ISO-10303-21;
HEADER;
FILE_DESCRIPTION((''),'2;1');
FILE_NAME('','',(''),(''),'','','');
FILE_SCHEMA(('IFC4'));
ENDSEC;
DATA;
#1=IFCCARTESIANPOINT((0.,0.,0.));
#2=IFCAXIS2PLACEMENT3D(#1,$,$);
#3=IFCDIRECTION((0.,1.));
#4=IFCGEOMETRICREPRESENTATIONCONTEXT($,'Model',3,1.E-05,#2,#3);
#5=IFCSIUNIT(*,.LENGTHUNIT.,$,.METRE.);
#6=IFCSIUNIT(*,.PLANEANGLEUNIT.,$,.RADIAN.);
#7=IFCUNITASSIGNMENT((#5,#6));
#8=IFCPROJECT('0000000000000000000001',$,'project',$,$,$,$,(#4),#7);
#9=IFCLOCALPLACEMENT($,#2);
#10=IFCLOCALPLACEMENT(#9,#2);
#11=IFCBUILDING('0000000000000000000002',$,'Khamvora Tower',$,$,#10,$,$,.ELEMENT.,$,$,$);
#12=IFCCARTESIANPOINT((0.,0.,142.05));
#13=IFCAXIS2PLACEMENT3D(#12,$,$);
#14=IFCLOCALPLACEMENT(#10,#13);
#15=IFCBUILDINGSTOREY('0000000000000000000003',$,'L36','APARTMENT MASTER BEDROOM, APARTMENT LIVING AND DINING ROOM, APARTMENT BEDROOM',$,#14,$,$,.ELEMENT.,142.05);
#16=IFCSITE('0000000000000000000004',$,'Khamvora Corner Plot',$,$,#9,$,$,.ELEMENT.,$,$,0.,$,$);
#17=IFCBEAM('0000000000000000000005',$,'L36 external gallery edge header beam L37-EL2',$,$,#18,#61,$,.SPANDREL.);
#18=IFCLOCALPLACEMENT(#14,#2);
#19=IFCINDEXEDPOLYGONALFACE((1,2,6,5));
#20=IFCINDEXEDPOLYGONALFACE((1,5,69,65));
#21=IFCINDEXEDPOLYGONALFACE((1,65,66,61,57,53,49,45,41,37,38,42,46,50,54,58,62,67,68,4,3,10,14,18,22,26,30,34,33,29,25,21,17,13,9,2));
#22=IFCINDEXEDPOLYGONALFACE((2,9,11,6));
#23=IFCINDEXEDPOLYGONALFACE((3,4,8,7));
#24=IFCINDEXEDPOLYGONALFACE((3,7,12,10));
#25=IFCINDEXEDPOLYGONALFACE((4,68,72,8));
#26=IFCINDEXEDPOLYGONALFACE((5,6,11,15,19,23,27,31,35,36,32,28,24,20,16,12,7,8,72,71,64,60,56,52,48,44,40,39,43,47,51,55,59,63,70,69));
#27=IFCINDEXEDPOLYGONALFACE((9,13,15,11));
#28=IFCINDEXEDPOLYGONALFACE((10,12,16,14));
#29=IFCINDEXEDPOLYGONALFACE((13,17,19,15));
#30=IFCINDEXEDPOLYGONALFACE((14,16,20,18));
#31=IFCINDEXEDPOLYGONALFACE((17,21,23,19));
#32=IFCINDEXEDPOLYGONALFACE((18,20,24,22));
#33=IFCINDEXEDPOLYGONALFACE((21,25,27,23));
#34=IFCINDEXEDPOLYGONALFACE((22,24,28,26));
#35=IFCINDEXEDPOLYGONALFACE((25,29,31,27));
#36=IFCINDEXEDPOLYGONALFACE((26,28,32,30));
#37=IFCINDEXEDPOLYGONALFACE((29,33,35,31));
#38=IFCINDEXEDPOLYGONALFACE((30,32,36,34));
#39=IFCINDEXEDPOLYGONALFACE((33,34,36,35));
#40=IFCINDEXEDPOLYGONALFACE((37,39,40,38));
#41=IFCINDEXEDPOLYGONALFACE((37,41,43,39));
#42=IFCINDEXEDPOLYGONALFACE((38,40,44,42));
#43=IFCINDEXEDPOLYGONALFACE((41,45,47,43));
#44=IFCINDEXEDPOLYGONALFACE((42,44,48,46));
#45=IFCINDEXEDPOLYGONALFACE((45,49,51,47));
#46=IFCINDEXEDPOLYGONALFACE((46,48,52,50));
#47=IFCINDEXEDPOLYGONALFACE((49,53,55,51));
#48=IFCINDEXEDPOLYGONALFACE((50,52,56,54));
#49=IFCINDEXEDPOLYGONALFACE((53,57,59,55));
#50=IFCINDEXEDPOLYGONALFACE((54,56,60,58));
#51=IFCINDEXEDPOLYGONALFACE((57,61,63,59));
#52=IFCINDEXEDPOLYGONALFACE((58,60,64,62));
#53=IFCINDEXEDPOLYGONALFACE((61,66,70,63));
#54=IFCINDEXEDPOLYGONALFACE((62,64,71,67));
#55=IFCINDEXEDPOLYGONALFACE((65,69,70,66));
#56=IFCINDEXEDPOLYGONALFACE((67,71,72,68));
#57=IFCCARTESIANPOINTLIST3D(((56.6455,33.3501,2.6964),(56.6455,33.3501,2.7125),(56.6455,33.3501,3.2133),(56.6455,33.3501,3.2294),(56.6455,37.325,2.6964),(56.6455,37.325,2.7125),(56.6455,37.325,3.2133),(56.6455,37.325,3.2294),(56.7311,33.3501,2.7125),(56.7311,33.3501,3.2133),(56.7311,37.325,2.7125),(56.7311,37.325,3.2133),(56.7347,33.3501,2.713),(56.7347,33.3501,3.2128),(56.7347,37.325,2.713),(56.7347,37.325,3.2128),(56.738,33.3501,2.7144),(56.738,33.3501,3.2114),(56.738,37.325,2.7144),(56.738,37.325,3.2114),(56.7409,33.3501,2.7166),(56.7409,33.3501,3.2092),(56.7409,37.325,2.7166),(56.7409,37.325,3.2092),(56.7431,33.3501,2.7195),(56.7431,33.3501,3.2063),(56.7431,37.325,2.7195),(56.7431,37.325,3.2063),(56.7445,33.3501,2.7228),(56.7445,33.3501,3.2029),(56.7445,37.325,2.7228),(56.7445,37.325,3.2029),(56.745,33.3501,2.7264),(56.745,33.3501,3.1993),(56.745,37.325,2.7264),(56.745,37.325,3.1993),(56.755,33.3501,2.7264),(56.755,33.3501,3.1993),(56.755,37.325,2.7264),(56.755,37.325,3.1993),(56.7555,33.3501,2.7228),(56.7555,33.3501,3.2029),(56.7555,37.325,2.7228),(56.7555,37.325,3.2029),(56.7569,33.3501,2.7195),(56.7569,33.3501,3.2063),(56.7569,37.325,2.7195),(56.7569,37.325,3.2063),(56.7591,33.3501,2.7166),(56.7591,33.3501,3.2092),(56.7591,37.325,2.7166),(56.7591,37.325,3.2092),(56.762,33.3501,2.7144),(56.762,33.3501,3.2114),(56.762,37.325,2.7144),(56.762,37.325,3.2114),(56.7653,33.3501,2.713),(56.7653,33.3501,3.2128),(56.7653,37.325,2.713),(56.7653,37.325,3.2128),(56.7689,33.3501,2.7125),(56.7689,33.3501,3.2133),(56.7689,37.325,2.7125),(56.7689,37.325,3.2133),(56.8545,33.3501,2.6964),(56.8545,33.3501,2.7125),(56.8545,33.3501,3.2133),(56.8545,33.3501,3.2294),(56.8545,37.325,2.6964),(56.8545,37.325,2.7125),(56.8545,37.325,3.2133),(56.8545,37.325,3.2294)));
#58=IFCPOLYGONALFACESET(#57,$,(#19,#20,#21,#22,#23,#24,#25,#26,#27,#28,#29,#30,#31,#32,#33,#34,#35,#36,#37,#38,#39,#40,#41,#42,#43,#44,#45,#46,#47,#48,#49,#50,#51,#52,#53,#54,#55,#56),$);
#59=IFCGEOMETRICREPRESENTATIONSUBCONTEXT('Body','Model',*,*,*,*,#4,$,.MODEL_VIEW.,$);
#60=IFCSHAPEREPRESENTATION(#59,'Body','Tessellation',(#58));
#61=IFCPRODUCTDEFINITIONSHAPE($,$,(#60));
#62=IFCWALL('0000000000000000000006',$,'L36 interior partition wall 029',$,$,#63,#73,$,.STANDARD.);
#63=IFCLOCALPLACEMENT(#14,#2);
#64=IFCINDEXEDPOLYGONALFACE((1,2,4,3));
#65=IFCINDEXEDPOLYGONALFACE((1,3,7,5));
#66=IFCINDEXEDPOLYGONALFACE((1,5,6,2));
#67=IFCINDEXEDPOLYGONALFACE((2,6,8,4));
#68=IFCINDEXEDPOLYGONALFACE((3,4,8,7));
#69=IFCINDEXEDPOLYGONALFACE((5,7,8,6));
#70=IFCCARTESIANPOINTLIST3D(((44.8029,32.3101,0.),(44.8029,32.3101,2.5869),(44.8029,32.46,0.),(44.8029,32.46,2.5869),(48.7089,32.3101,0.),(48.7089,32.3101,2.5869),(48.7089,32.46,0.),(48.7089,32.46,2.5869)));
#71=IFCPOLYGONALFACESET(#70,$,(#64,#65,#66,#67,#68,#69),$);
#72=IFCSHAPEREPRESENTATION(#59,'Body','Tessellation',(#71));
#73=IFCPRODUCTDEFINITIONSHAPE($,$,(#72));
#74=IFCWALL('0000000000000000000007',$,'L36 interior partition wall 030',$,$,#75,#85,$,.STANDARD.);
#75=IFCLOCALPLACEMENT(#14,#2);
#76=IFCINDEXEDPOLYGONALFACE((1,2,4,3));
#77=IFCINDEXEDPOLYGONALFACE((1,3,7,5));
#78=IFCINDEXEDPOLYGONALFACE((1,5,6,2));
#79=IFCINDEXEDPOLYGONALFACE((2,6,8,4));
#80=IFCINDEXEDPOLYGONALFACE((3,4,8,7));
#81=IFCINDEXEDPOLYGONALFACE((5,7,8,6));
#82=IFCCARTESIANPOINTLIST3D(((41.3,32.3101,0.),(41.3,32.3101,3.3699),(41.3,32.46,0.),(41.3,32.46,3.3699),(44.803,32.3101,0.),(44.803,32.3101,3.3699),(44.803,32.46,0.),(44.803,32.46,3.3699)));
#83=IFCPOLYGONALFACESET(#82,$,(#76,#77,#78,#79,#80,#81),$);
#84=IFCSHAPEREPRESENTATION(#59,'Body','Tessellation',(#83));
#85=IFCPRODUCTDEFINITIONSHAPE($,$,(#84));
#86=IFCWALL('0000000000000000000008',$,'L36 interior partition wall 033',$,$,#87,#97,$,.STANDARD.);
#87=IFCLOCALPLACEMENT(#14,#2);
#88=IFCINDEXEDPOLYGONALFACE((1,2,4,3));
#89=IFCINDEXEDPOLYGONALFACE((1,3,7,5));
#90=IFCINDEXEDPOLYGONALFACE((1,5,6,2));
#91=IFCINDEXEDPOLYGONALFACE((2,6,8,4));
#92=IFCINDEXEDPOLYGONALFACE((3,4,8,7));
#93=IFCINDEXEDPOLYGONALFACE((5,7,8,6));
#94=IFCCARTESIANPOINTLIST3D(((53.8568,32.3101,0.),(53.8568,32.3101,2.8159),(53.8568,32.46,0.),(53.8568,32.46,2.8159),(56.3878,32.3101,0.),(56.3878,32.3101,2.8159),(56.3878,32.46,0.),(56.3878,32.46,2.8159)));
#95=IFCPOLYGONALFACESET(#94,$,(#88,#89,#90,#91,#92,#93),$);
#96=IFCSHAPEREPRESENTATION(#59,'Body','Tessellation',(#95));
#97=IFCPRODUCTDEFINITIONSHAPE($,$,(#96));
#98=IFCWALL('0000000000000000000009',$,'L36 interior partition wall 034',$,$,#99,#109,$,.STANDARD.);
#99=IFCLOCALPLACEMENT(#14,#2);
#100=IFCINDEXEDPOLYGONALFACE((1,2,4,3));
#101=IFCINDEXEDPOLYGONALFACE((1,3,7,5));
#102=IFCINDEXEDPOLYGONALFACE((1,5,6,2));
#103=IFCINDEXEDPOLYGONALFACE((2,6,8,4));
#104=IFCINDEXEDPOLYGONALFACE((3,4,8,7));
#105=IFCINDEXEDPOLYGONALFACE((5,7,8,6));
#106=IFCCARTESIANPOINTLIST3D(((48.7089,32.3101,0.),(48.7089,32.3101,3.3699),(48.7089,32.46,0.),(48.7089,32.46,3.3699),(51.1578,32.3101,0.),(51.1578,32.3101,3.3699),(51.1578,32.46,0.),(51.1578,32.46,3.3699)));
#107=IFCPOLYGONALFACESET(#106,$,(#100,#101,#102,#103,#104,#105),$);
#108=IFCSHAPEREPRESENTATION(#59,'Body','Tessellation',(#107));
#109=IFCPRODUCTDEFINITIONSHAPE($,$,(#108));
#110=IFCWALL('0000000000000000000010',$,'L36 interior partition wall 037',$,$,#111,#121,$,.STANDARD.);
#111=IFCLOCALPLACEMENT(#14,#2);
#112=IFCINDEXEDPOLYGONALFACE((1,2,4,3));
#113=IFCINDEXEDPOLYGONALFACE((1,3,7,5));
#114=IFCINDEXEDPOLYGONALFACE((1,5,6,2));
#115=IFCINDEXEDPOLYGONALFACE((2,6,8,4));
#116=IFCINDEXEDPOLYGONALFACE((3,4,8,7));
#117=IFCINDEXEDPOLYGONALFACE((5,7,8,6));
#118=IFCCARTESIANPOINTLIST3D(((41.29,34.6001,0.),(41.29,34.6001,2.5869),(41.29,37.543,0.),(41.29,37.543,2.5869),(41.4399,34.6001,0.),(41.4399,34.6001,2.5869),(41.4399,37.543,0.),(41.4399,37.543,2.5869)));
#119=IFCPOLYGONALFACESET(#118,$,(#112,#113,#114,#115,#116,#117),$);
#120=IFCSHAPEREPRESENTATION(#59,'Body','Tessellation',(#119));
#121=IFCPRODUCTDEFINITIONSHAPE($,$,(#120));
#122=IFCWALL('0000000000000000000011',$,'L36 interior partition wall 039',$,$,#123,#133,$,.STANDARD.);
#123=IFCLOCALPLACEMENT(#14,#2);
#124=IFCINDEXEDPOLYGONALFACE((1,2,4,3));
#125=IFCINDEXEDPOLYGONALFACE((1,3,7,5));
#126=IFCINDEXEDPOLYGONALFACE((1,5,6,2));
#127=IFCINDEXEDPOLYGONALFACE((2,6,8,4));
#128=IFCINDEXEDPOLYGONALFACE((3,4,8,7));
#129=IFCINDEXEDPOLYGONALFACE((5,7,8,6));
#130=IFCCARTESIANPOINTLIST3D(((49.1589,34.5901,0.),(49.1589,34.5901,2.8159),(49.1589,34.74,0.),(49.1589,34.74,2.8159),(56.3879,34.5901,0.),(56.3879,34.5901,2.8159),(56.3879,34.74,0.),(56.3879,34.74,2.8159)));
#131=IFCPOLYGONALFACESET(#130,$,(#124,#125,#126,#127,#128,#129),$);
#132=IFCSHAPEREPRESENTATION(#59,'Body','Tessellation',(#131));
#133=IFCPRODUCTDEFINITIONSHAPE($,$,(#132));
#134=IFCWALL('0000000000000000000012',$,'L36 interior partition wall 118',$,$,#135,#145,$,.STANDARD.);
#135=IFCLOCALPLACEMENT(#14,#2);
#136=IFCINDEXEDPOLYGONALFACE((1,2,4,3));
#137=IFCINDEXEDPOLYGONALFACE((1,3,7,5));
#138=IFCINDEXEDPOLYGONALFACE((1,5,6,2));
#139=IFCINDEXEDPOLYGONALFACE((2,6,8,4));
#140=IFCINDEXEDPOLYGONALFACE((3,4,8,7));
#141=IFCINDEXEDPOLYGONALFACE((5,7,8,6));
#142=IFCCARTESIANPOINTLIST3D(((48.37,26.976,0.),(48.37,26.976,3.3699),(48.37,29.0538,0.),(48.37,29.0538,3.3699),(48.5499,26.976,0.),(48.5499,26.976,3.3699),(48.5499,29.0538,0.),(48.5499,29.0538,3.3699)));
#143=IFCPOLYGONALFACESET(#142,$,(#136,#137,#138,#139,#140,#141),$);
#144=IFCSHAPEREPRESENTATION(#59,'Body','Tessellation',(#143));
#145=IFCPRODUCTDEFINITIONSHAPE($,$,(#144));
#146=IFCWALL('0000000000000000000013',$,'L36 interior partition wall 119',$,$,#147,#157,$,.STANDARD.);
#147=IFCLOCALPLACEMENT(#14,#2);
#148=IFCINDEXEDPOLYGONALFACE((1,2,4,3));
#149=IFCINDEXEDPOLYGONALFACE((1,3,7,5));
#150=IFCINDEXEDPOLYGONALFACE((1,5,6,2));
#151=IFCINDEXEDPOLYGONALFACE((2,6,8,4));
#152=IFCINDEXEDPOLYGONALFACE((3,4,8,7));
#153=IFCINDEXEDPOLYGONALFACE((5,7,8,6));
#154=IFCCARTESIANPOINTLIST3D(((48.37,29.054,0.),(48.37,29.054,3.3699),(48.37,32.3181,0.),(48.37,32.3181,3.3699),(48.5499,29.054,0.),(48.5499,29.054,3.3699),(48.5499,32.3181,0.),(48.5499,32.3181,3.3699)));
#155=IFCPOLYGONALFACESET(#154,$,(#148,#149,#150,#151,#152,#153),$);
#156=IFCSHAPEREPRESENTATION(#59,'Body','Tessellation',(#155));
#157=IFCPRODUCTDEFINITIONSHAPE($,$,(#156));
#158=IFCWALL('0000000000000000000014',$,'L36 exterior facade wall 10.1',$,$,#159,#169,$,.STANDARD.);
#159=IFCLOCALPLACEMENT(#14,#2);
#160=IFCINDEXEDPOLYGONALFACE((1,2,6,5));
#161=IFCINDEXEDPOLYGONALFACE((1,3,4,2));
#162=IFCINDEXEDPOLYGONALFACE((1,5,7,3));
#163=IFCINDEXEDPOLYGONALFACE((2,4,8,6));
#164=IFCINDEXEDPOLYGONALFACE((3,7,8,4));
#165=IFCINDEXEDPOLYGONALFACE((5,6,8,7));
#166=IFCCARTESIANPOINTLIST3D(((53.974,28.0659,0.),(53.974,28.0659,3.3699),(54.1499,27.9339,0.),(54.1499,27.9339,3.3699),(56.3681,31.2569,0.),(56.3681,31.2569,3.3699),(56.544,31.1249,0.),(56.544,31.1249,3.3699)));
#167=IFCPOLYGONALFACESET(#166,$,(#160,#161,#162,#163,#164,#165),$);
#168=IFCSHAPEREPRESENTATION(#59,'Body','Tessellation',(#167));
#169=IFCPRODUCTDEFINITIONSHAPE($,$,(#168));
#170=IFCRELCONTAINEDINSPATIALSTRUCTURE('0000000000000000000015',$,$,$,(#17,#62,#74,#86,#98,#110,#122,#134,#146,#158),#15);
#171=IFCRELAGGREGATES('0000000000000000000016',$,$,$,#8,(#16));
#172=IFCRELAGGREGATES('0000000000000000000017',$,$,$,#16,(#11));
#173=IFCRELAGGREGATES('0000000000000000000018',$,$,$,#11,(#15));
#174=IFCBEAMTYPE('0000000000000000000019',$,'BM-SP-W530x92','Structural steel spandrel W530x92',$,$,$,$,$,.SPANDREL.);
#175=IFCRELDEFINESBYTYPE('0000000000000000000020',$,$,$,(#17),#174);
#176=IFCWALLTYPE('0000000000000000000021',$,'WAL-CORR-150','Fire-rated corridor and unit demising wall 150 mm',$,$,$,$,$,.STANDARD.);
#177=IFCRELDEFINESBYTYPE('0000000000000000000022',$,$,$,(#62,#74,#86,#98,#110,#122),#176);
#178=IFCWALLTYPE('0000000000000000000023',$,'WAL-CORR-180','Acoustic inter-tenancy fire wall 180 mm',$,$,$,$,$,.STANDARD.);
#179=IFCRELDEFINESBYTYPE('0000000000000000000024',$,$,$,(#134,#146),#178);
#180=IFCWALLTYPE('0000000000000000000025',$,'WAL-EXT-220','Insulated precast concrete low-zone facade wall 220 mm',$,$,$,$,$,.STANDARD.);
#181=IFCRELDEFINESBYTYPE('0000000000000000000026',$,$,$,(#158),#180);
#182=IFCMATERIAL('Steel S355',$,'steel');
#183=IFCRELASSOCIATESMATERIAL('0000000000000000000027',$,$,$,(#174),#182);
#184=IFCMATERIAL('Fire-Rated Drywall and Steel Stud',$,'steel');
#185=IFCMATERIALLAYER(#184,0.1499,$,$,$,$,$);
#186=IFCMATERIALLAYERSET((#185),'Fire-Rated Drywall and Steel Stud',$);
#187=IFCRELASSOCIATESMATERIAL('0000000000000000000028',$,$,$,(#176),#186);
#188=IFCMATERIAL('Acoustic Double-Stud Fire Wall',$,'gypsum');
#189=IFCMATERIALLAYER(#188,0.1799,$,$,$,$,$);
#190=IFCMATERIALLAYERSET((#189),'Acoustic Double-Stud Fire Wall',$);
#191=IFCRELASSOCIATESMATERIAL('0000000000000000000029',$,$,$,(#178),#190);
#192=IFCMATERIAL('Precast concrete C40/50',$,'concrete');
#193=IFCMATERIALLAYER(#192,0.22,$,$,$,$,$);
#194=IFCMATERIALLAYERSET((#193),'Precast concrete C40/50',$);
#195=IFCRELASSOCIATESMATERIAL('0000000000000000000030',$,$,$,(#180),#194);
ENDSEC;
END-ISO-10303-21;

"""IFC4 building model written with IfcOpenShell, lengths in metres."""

from ifc_helpers import new_model, si_unit, direction, frame, frame_2d, origin, origin_2d, place, context, subcontext, project, spatial, rectangle, i_section, extrude, material, layer, layer_set, material_profile, profile_set, type_object, element, save


model = new_model("IFC4")

# Units and contexts
model_context = context("Model", 3, precision=1e-05, world=origin(), true_north=direction((0.0, 1.0)))
body_context = subcontext(model_context, "Body", "Model", "MODEL_VIEW")
ifc_project = project(units=[si_unit("LENGTHUNIT", "METRE"), si_unit("PLANEANGLEUNIT", "RADIAN")], contexts=[model_context])

# Site, building, storey
site_placement = place(None, origin())
site = spatial("IfcSite", under=ifc_project, at=site_placement, Name="Khamvora Corner Plot", CompositionType="ELEMENT", RefElevation=0.0)
building_placement = place(site_placement, origin())
building = spatial("IfcBuilding", under=site, at=building_placement, Name="Khamvora Tower", CompositionType="ELEMENT")
storey_placement = place(building_placement, frame((0.0, 0.0, 142.05)))
storey = spatial("IfcBuildingStorey", under=building, at=storey_placement, Name="L36", Description="APARTMENT MASTER BEDROOM, APARTMENT LIVING AND DINING ROOM, APARTMENT BEDROOM", CompositionType="ELEMENT", Elevation=142.05)

# Shared definitions
ifc_material_1 = material(Name="Steel S355", Category="steel")

# Beam
ifc_material_profile_1 = material_profile(ifc_material_1, i_section(OverallWidth=0.209, OverallDepth=0.533, WebThickness=0.01, FlangeThickness=0.0161, FilletRadius=0.0139, at=origin_2d()), Name="W530x92")
ifc_profile_set_1 = profile_set([ifc_material_profile_1], Name="Steel S355")
beam_type_1 = type_object("IfcBeamType", Name="BM-SP-W530x92", Description="Structural steel spandrel W530x92", PredefinedType="SPANDREL", material=ifc_profile_set_1)
beam_1_placement = place(storey_placement, frame((56.75, 33.3501, 2.9629), z_axis=(0.0, 1.0, 0.0), x_axis=(-1.0, 0.0, 0.0)))
element("IfcBeam", 1, at=beam_1_placement, inside=storey, type_object=beam_type_1, Name="L36 external gallery edge header beam L37-EL2", PredefinedType="SPANDREL", context=body_context, shape_type="SweptSolid", body=[
    extrude(i_section(OverallWidth=0.209, OverallDepth=0.533, WebThickness=0.01, FlangeThickness=0.0161, FilletRadius=0.0139, at=origin_2d()), origin(), (0.0, 0.0, 1.0), 3.9749),
])

# Walls
ifc_material_2 = material(Name="Fire-Rated Drywall and Steel Stud", Category="steel")
ifc_layer_1 = layer(ifc_material_2, 0.1499)
ifc_layer_set_1 = layer_set([ifc_layer_1], Name="Fire-Rated Drywall and Steel Stud")
wall_type_1 = type_object("IfcWallType", Name="WAL-CORR-150", Description="Fire-rated corridor and unit demising wall 150 mm", PredefinedType="STANDARD", material=ifc_layer_set_1)
wall_1_placement = place(storey_placement, frame((48.709, 32.385, 0.0), z_axis=(0.0, 0.0, 1.0), x_axis=(-1.0, 0.0, 0.0)))
element("IfcWall", 2, at=wall_1_placement, inside=storey, type_object=wall_type_1, Name="L36 interior partition wall 029", PredefinedType="STANDARD", context=body_context, shape_type="SweptSolid", body=[
    extrude(rectangle(XDim=3.906, YDim=0.1499, at=frame_2d((1.9531, 0.0))), origin(), (0.0, 0.0, 1.0), 2.5869),
])
wall_2_placement = place(storey_placement, frame((44.803, 32.385, 0.0), z_axis=(0.0, 0.0, 1.0), x_axis=(-1.0, 0.0, 0.0)))
element("IfcWall", 3, at=wall_2_placement, inside=storey, type_object=wall_type_1, Name="L36 interior partition wall 030", PredefinedType="STANDARD", context=body_context, shape_type="SweptSolid", body=[
    extrude(rectangle(XDim=3.5029, YDim=0.1499, at=frame_2d((1.7515, 0.0))), origin(), (0.0, 0.0, 1.0), 3.3699),
])

# Walls
wall_3_placement = place(storey_placement, frame((56.3879, 32.385, 0.0), z_axis=(0.0, 0.0, 1.0), x_axis=(-1.0, 0.0, 0.0)))
element("IfcWall", 4, at=wall_3_placement, inside=storey, type_object=wall_type_1, Name="L36 interior partition wall 033", PredefinedType="STANDARD", context=body_context, shape_type="SweptSolid", body=[
    extrude(rectangle(XDim=2.531, YDim=0.1499, at=frame_2d((1.2656, 0.0))), origin(), (0.0, 0.0, 1.0), 2.8159),
])
wall_4_placement = place(storey_placement, frame((51.158, 32.385, 0.0), z_axis=(0.0, 0.0, 1.0), x_axis=(-1.0, 0.0, 0.0)))
element("IfcWall", 5, at=wall_4_placement, inside=storey, type_object=wall_type_1, Name="L36 interior partition wall 034", PredefinedType="STANDARD", context=body_context, shape_type="SweptSolid", body=[
    extrude(rectangle(XDim=2.449, YDim=0.1499, at=frame_2d((1.2246, 0.0))), origin(), (0.0, 0.0, 1.0), 3.3699),
])

# Walls
wall_5_placement = place(storey_placement, frame((41.365, 37.543, 0.0), z_axis=(0.0, 0.0, 1.0), x_axis=(0.0, -1.0, 0.0)))
element("IfcWall", 6, at=wall_5_placement, inside=storey, type_object=wall_type_1, Name="L36 interior partition wall 037", PredefinedType="STANDARD", context=body_context, shape_type="SweptSolid", body=[
    extrude(rectangle(XDim=2.9429, YDim=0.1499, at=frame_2d((1.4714, 0.0))), origin(), (0.0, 0.0, 1.0), 2.5869),
])
wall_6_placement = place(storey_placement, frame((49.1589, 34.665, 0.0), z_axis=(0.0, 0.0, 1.0), x_axis=(1.0, 0.0, 0.0)))
element("IfcWall", 7, at=wall_6_placement, inside=storey, type_object=wall_type_1, Name="L36 interior partition wall 039", PredefinedType="STANDARD", context=body_context, shape_type="SweptSolid", body=[
    extrude(rectangle(XDim=7.229, YDim=0.1499, at=frame_2d((3.6145, 0.0))), origin(), (0.0, 0.0, 1.0), 2.8159),
])
ifc_material_3 = material(Name="Acoustic Double-Stud Fire Wall", Category="gypsum")
ifc_layer_2 = layer(ifc_material_3, 0.1799)
ifc_layer_set_2 = layer_set([ifc_layer_2], Name="Acoustic Double-Stud Fire Wall")
wall_type_2 = type_object("IfcWallType", Name="WAL-CORR-180", Description="Acoustic inter-tenancy fire wall 180 mm", PredefinedType="STANDARD", material=ifc_layer_set_2)
wall_7_placement = place(storey_placement, frame((48.46, 29.054, 0.0), z_axis=(0.0, 0.0, 1.0), x_axis=(0.0, -1.0, 0.0)))
element("IfcWall", 8, at=wall_7_placement, inside=storey, type_object=wall_type_2, Name="L36 interior partition wall 118", PredefinedType="STANDARD", context=body_context, shape_type="SweptSolid", body=[
    extrude(rectangle(XDim=2.0779, YDim=0.1799, at=frame_2d((1.0391, 0.0))), origin(), (0.0, 0.0, 1.0), 3.3699),
])
wall_8_placement = place(storey_placement, frame((48.46, 32.3181, 0.0), z_axis=(0.0, 0.0, 1.0), x_axis=(0.0, -1.0, 0.0)))
element("IfcWall", 9, at=wall_8_placement, inside=storey, type_object=wall_type_2, Name="L36 interior partition wall 119", PredefinedType="STANDARD", context=body_context, shape_type="SweptSolid", body=[
    extrude(rectangle(XDim=3.2642, YDim=0.1799, at=frame_2d((1.6321, 0.0))), origin(), (0.0, 0.0, 1.0), 3.3699),
])
ifc_material_4 = material(Name="Precast concrete C40/50", Category="concrete")
ifc_layer_3 = layer(ifc_material_4, 0.22)
ifc_layer_set_3 = layer_set([ifc_layer_3], Name="Precast concrete C40/50")
wall_type_3 = type_object("IfcWallType", Name="WAL-EXT-220", Description="Insulated precast concrete low-zone facade wall 220 mm", PredefinedType="STANDARD", material=ifc_layer_set_3)
wall_9_placement = place(storey_placement, frame((56.4561, 31.1909, 0.0), z_axis=(0.0, 0.0, 1.0), x_axis=(-0.600137, -0.799897, 0.0)))
element("IfcWall", 10, at=wall_9_placement, inside=storey, type_object=wall_type_3, Name="L36 exterior facade wall 10.1", PredefinedType="STANDARD", context=body_context, shape_type="SweptSolid", body=[
    extrude(rectangle(XDim=3.9893, YDim=0.22, at=frame_2d((1.9946, 0.0))), origin(), (0.0, 0.0, 1.0), 3.3699),
])

save(model, "model.ifc")
